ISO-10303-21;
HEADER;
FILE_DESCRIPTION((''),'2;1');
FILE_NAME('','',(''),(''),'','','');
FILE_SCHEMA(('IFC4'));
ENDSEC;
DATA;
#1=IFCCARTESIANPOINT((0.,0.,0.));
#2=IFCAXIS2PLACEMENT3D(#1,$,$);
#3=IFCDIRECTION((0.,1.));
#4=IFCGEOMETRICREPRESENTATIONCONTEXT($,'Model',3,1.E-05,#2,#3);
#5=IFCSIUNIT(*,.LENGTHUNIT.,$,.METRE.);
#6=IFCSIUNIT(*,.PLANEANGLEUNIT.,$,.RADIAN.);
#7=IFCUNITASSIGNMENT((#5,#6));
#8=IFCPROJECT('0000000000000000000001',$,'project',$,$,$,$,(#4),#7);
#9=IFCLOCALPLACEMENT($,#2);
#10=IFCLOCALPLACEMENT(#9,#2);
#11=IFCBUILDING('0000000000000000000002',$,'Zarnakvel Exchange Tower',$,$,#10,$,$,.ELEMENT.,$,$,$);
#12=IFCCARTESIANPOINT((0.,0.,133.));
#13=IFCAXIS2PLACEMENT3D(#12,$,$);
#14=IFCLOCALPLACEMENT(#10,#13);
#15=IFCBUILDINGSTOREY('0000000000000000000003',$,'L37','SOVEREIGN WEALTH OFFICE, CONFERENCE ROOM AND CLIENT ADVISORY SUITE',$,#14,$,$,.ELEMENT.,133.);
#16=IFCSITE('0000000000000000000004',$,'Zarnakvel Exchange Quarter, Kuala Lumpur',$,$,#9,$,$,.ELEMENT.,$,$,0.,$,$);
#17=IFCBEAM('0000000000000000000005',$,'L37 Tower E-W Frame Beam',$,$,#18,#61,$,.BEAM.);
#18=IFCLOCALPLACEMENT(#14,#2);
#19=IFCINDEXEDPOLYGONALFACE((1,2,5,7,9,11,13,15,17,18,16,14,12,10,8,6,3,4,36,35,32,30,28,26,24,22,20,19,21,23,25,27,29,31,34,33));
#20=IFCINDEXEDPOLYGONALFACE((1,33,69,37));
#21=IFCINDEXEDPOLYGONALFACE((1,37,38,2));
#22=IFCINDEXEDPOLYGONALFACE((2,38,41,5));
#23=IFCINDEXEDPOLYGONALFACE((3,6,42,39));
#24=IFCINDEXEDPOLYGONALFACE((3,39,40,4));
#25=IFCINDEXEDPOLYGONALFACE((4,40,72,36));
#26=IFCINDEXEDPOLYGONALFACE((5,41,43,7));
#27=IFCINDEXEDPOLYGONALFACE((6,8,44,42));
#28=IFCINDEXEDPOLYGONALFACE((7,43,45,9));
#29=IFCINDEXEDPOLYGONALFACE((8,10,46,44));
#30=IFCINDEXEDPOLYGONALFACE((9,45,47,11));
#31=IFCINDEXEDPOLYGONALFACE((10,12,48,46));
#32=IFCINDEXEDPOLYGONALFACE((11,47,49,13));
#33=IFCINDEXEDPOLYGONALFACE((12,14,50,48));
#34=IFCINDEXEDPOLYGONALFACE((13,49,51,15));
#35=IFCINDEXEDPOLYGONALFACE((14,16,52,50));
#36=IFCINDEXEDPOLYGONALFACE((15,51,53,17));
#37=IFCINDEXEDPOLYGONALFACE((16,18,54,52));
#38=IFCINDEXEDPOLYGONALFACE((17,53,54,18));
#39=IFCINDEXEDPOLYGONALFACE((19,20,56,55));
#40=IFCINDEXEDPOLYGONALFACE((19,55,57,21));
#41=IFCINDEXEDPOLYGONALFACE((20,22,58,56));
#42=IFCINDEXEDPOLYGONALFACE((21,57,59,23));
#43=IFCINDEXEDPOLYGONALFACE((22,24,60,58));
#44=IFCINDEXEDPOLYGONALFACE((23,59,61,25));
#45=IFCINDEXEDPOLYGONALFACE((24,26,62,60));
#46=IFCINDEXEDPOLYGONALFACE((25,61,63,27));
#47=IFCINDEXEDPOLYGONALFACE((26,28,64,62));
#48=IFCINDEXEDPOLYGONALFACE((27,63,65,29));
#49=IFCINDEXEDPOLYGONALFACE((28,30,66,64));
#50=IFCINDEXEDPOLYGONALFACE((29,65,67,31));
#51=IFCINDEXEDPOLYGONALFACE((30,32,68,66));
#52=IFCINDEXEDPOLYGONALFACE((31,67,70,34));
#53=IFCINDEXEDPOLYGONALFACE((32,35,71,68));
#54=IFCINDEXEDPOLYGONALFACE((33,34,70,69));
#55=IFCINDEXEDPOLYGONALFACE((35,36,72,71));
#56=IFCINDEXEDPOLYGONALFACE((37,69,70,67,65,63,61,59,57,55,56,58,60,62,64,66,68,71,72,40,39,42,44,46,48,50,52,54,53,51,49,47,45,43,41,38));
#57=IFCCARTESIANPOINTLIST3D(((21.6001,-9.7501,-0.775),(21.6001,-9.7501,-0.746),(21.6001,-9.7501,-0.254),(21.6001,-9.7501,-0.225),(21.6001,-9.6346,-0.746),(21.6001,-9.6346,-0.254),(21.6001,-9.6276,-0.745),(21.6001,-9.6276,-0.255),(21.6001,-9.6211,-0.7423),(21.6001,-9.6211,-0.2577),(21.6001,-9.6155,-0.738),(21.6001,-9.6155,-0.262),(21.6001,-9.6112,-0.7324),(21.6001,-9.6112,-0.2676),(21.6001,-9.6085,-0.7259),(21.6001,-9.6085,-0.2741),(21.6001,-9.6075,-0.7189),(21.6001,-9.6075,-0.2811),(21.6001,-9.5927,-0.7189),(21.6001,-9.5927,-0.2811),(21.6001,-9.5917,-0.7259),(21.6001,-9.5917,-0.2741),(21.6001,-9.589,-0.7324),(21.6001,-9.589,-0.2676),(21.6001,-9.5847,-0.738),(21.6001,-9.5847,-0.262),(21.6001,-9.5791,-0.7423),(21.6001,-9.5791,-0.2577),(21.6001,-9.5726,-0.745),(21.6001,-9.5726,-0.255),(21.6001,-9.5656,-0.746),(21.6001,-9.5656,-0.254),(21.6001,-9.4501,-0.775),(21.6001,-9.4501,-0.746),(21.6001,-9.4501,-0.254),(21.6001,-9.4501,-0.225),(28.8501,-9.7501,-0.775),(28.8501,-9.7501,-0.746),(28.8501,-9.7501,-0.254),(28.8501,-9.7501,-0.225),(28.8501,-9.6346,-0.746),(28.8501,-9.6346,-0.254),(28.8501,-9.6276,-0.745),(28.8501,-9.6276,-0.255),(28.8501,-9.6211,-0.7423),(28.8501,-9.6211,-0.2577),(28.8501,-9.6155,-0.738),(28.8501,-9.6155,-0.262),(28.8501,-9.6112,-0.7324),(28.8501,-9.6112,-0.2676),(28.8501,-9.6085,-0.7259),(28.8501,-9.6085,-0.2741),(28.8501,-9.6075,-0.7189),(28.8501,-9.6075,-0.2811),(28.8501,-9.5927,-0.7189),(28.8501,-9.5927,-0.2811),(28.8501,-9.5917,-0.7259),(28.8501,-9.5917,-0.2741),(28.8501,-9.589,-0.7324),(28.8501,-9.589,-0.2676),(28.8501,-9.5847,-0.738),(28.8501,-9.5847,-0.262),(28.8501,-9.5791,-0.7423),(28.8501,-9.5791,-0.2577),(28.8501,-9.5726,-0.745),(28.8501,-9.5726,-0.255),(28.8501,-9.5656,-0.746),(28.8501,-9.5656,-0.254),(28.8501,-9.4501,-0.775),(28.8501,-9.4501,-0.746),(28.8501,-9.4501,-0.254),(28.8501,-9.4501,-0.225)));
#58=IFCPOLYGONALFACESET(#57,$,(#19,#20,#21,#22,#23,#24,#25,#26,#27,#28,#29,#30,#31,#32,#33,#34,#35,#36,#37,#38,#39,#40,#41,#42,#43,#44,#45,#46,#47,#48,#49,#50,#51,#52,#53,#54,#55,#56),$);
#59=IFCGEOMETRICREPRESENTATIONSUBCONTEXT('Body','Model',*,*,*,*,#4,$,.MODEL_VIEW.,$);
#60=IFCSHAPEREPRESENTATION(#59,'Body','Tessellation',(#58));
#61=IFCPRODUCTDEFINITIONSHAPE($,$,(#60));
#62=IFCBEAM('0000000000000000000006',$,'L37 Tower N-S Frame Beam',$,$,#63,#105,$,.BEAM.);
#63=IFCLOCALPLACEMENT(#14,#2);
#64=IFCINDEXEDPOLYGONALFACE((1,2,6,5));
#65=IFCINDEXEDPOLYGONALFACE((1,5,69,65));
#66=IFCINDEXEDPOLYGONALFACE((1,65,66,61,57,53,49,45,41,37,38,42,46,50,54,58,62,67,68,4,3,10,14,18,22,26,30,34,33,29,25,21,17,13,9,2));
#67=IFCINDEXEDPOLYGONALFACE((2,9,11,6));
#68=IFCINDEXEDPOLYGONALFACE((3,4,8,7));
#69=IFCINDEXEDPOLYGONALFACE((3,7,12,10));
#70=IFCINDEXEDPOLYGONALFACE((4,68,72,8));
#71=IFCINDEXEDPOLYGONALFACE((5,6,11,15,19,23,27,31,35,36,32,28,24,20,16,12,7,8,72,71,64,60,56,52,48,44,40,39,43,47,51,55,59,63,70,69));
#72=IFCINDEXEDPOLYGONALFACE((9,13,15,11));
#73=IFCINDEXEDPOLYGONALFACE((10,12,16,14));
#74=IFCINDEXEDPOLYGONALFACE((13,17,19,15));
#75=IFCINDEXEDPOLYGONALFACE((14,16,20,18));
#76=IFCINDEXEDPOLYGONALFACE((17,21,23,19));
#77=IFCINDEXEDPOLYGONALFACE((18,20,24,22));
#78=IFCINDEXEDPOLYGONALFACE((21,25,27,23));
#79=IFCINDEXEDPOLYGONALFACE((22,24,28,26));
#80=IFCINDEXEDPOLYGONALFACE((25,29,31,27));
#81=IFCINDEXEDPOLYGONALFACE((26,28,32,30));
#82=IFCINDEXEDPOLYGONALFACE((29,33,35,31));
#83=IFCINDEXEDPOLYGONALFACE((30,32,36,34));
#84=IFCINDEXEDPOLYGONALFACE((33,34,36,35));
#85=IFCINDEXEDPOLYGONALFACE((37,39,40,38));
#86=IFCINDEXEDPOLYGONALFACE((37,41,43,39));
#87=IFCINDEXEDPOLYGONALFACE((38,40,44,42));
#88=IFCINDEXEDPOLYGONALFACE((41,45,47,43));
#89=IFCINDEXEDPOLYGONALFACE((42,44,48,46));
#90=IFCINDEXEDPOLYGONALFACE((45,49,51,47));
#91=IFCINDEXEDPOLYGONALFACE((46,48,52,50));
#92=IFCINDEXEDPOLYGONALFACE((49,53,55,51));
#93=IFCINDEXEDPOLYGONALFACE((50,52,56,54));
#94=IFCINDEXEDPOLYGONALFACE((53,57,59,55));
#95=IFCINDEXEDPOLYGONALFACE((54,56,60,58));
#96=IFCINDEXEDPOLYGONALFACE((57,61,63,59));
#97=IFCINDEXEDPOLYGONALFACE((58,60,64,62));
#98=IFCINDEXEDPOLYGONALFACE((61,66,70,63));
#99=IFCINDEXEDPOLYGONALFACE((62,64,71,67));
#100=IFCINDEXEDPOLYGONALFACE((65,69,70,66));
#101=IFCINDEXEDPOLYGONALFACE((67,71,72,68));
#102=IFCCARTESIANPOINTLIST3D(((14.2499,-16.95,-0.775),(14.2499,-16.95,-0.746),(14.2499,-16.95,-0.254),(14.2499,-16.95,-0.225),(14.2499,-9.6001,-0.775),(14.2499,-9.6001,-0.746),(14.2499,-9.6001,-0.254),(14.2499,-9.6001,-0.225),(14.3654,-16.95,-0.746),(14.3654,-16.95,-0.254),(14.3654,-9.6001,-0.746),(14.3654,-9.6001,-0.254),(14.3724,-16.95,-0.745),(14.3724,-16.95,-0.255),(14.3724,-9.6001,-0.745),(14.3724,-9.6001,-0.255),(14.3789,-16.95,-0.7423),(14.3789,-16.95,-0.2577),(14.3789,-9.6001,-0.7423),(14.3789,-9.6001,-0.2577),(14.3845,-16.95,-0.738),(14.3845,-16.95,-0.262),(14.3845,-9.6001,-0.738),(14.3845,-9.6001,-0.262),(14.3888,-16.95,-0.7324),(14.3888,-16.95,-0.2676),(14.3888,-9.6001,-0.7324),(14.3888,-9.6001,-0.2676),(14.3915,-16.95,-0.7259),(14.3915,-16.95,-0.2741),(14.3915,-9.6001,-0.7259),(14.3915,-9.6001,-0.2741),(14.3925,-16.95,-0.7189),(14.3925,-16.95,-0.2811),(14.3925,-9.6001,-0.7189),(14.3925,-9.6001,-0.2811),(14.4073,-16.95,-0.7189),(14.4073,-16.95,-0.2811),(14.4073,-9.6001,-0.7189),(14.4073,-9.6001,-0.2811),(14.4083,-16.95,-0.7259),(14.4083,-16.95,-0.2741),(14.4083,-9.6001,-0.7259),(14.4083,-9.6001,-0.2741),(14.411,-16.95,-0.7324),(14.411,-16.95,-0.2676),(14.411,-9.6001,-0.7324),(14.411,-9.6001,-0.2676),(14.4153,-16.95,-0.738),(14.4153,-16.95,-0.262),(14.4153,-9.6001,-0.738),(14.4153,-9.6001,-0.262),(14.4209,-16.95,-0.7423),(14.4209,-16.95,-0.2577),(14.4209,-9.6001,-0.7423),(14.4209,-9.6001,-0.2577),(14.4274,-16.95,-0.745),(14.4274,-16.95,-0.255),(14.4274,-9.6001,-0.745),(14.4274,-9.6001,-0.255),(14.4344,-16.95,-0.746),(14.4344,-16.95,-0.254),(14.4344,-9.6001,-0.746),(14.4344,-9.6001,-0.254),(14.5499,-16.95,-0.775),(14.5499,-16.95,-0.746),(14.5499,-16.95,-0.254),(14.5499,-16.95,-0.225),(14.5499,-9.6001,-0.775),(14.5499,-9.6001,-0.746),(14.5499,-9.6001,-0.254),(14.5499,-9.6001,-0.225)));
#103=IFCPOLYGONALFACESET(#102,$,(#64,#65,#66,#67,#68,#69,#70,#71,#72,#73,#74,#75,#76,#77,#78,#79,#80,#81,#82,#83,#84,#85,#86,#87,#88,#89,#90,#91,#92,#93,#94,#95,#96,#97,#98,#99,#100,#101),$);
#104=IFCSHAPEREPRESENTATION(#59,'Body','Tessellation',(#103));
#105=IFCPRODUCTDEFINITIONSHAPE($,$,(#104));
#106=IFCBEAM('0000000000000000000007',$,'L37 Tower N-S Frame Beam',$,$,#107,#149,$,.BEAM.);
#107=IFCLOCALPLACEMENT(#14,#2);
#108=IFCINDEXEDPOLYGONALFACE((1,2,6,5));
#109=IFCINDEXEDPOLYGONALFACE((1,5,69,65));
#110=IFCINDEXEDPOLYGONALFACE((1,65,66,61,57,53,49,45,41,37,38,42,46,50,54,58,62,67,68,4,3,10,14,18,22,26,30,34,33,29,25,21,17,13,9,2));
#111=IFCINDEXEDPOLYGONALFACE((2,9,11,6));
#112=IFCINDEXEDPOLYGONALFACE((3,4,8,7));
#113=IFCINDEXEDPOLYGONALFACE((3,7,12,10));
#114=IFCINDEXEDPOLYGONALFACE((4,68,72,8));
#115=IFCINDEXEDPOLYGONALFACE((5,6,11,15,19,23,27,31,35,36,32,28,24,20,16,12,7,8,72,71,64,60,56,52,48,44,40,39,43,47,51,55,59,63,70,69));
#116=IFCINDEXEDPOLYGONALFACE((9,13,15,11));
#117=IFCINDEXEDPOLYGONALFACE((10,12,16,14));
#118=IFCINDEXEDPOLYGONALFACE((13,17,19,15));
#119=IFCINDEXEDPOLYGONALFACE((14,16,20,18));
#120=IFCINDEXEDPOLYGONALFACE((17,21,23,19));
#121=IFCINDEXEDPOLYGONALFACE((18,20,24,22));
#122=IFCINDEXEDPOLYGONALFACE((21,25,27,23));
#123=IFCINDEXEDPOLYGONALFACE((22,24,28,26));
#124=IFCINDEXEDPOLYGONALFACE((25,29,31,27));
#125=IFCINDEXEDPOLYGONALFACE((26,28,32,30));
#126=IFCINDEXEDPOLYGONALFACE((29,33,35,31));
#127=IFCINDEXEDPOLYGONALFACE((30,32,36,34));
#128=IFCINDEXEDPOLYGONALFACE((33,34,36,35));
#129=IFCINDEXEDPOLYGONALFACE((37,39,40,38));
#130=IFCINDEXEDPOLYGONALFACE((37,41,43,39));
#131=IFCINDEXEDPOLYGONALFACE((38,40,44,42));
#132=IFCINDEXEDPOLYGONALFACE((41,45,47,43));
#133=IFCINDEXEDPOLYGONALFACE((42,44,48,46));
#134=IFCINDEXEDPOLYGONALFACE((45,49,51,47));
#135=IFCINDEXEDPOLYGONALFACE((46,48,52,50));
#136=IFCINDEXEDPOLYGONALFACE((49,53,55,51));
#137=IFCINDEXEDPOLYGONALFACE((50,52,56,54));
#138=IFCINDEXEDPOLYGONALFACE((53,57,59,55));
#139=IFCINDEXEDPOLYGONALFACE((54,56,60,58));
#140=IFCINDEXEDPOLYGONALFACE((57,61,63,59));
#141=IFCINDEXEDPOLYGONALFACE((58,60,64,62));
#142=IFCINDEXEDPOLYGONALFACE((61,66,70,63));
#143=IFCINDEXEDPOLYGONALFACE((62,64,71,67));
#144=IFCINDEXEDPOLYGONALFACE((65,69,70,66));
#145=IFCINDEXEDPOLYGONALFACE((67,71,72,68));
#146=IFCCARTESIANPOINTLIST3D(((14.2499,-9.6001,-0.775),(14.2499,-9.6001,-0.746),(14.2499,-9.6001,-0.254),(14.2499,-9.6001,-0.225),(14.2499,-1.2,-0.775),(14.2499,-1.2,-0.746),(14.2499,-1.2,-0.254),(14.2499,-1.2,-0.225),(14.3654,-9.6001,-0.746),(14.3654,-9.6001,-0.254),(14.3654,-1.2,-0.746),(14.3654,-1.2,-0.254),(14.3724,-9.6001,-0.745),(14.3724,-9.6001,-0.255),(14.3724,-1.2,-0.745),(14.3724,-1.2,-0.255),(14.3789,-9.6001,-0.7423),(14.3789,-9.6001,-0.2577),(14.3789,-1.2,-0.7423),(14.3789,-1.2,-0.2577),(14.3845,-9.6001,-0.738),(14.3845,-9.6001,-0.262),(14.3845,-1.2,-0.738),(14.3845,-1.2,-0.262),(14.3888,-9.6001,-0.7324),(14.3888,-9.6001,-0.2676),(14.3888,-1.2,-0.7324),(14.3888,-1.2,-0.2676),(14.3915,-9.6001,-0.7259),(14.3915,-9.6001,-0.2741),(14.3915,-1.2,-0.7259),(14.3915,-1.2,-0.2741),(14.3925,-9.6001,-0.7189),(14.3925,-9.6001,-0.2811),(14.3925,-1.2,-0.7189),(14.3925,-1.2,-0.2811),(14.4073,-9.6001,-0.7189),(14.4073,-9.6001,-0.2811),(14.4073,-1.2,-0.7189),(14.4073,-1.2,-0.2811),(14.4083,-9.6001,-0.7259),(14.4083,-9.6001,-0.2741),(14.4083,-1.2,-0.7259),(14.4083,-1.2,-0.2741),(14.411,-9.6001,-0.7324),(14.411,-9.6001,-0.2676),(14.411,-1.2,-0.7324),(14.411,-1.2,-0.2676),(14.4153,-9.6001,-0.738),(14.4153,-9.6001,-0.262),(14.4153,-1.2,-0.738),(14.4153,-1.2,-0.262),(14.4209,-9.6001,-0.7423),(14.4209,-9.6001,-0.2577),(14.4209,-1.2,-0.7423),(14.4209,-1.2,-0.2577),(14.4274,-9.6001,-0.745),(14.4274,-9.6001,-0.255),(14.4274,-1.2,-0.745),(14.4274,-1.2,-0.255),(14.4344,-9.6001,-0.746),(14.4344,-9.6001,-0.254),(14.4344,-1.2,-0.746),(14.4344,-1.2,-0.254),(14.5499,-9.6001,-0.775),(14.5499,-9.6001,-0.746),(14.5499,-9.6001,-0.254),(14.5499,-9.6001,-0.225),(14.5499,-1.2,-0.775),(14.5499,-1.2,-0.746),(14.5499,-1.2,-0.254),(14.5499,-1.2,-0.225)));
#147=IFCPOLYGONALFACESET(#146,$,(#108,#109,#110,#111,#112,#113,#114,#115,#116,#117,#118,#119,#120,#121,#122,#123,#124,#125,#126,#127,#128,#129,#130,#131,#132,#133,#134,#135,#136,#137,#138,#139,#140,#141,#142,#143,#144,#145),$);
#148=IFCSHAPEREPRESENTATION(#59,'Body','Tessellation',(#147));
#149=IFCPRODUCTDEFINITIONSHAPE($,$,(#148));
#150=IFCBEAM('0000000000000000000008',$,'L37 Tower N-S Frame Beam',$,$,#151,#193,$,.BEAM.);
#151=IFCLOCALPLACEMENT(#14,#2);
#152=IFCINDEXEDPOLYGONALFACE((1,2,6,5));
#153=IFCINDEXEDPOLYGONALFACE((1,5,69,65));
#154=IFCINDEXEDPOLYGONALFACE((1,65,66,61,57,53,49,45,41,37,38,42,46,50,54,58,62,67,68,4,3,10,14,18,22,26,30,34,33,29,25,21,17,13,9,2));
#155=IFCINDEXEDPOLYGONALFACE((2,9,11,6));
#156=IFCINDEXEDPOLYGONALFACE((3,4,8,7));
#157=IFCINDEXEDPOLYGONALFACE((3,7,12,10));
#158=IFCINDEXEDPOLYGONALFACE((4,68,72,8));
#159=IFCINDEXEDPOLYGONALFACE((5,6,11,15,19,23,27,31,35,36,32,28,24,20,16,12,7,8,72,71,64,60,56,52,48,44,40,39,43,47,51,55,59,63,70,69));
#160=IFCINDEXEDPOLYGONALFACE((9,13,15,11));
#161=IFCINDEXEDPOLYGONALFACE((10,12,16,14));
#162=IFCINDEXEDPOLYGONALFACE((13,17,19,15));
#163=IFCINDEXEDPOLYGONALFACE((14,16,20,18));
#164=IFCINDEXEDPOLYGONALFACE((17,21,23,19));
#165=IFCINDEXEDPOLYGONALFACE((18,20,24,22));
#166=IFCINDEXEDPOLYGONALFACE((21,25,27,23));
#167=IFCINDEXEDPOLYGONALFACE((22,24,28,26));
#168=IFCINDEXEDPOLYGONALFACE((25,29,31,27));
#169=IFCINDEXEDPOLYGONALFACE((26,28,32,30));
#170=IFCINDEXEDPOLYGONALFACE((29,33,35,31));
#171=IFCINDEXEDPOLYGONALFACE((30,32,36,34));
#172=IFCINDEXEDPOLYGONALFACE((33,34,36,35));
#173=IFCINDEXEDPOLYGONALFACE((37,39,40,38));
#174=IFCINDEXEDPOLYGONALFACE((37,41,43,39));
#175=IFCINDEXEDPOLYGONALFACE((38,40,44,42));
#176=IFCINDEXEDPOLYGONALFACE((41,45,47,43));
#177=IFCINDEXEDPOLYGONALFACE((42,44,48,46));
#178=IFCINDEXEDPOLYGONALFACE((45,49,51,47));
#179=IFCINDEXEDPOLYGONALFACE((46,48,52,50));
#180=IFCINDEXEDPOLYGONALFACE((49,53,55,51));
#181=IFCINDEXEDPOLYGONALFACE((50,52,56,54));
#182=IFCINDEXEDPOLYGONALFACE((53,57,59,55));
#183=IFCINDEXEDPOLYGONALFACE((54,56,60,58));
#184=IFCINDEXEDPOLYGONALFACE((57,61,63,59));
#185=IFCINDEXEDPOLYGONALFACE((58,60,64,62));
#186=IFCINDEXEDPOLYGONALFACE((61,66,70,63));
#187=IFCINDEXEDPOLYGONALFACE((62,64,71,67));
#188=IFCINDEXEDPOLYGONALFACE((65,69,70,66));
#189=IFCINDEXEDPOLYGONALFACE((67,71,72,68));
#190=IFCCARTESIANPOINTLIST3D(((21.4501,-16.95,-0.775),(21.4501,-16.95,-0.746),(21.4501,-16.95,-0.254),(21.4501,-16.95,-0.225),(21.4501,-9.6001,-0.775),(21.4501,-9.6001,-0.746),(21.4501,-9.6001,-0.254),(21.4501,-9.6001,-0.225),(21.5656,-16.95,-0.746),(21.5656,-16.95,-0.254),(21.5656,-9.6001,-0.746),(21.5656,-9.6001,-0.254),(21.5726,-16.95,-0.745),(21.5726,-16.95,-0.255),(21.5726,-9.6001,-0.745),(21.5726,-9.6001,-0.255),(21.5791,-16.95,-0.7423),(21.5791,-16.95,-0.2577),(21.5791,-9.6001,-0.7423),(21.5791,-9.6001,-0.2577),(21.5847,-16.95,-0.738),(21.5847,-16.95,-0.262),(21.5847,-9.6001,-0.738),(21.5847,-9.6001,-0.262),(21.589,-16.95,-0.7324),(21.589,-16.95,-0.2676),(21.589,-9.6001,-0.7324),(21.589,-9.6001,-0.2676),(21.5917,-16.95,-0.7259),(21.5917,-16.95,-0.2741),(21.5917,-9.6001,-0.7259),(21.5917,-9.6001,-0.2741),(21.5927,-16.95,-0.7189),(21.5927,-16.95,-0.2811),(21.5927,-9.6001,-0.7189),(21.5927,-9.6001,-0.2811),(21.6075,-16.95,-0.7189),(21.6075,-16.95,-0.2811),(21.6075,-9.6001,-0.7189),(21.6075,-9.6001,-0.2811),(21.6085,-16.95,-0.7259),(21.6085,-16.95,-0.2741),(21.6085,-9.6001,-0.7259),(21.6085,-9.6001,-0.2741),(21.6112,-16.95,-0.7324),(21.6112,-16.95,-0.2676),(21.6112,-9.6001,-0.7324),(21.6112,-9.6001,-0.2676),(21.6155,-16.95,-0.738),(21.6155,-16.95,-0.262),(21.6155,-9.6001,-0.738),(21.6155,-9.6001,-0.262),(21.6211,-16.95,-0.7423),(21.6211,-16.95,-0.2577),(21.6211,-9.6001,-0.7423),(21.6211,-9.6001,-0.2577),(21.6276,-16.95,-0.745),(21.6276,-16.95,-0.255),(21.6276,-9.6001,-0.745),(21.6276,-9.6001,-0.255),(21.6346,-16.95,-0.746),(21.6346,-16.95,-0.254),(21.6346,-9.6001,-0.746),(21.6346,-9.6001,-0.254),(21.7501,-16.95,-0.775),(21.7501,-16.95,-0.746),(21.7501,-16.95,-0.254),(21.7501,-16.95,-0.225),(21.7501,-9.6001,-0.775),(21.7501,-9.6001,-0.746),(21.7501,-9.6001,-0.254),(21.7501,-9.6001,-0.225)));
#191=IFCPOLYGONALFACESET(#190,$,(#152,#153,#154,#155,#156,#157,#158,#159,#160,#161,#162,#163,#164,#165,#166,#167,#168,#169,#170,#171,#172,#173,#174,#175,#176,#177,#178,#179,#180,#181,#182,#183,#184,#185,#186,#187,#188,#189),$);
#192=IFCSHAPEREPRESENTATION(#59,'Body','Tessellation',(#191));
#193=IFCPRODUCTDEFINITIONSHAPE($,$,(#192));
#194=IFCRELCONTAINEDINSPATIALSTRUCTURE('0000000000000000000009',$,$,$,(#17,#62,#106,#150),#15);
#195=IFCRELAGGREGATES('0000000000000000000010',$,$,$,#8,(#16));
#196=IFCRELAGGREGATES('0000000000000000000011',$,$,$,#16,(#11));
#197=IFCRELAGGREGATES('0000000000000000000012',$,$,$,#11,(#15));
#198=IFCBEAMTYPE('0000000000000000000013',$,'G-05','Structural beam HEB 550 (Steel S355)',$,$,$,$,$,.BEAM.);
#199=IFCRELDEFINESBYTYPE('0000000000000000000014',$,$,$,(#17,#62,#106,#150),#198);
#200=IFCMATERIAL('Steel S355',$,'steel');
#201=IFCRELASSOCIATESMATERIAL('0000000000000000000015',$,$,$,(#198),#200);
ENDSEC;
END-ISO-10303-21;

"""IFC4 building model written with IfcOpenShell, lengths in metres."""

from ifc_helpers import new_model, si_unit, direction, frame, origin, origin_2d, place, context, subcontext, project, spatial, i_section, extrude, material, material_profile, profile_set, type_object, element, save


model = new_model("IFC4")

# Units and contexts
model_context = context("Model", 3, precision=1e-05, world=origin(), true_north=direction((0.0, 1.0)))
body_context = subcontext(model_context, "Body", "Model", "MODEL_VIEW")
ifc_project = project(units=[si_unit("LENGTHUNIT", "METRE"), si_unit("PLANEANGLEUNIT", "RADIAN")], contexts=[model_context])

# Site, building, storey
site_placement = place(None, origin())
site = spatial("IfcSite", under=ifc_project, at=site_placement, Name="Zarnakvel Exchange Quarter, Kuala Lumpur", CompositionType="ELEMENT", RefElevation=0.0)
building_placement = place(site_placement, origin())
building = spatial("IfcBuilding", under=site, at=building_placement, Name="Zarnakvel Exchange Tower", CompositionType="ELEMENT")
storey_placement = place(building_placement, frame((0.0, 0.0, 133.0)))
storey = spatial("IfcBuildingStorey", under=building, at=storey_placement, Name="L37", Description="SOVEREIGN WEALTH OFFICE, CONFERENCE ROOM AND CLIENT ADVISORY SUITE", CompositionType="ELEMENT", Elevation=133.0)

# Shared definitions
ifc_material_1 = material(Name="Steel S355", Category="steel")

# Beams
ifc_material_profile_1 = material_profile(ifc_material_1, i_section(OverallWidth=0.3, OverallDepth=0.55, WebThickness=0.0149, FlangeThickness=0.0291, FilletRadius=0.0271, at=origin_2d()))
ifc_profile_set_1 = profile_set([ifc_material_profile_1], Name="Steel S355")
beam_type_1 = type_object("IfcBeamType", Name="G-05", Description="Structural beam HEB 550 (Steel S355)", PredefinedType="BEAM", material=ifc_profile_set_1)
beam_1_placement = place(storey_placement, frame((21.6001, -9.6001, -0.5), z_axis=(1.0, 0.0, 0.0), x_axis=(0.0, 1.0, 0.0)))
element("IfcBeam", 1, at=beam_1_placement, inside=storey, type_object=beam_type_1, Name="L37 Tower E-W Frame Beam", PredefinedType="BEAM", context=body_context, shape_type="SweptSolid", body=[
    extrude(i_section(OverallWidth=0.3, OverallDepth=0.55, WebThickness=0.0149, FlangeThickness=0.0291, FilletRadius=0.0271, at=origin_2d()), origin(), (0.0, 0.0, 1.0), 7.25),
])
beam_2_placement = place(storey_placement, frame((14.3999, -16.95, -0.5), z_axis=(0.0, 1.0, 0.0), x_axis=(-1.0, 0.0, 0.0)))
element("IfcBeam", 2, at=beam_2_placement, inside=storey, type_object=beam_type_1, Name="L37 Tower N-S Frame Beam", PredefinedType="BEAM", context=body_context, shape_type="SweptSolid", body=[
    extrude(i_section(OverallWidth=0.3, OverallDepth=0.55, WebThickness=0.0149, FlangeThickness=0.0291, FilletRadius=0.0271, at=origin_2d()), origin(), (0.0, 0.0, 1.0), 7.3499),
])
beam_3_placement = place(storey_placement, frame((14.3999, -9.6001, -0.5), z_axis=(0.0, 1.0, 0.0), x_axis=(-1.0, 0.0, 0.0)))
element("IfcBeam", 3, at=beam_3_placement, inside=storey, type_object=beam_type_1, Name="L37 Tower N-S Frame Beam", PredefinedType="BEAM", context=body_context, shape_type="SweptSolid", body=[
    extrude(i_section(OverallWidth=0.3, OverallDepth=0.55, WebThickness=0.0149, FlangeThickness=0.0291, FilletRadius=0.0271, at=origin_2d()), origin(), (0.0, 0.0, 1.0), 8.4001),
])
beam_4_placement = place(storey_placement, frame((21.6001, -16.95, -0.5), z_axis=(0.0, 1.0, 0.0), x_axis=(-1.0, 0.0, 0.0)))
element("IfcBeam", 4, at=beam_4_placement, inside=storey, type_object=beam_type_1, Name="L37 Tower N-S Frame Beam", PredefinedType="BEAM", context=body_context, shape_type="SweptSolid", body=[
    extrude(i_section(OverallWidth=0.3, OverallDepth=0.55, WebThickness=0.0149, FlangeThickness=0.0291, FilletRadius=0.0271, at=origin_2d()), origin(), (0.0, 0.0, 1.0), 7.3499),
])

save(model, "model.ifc")
